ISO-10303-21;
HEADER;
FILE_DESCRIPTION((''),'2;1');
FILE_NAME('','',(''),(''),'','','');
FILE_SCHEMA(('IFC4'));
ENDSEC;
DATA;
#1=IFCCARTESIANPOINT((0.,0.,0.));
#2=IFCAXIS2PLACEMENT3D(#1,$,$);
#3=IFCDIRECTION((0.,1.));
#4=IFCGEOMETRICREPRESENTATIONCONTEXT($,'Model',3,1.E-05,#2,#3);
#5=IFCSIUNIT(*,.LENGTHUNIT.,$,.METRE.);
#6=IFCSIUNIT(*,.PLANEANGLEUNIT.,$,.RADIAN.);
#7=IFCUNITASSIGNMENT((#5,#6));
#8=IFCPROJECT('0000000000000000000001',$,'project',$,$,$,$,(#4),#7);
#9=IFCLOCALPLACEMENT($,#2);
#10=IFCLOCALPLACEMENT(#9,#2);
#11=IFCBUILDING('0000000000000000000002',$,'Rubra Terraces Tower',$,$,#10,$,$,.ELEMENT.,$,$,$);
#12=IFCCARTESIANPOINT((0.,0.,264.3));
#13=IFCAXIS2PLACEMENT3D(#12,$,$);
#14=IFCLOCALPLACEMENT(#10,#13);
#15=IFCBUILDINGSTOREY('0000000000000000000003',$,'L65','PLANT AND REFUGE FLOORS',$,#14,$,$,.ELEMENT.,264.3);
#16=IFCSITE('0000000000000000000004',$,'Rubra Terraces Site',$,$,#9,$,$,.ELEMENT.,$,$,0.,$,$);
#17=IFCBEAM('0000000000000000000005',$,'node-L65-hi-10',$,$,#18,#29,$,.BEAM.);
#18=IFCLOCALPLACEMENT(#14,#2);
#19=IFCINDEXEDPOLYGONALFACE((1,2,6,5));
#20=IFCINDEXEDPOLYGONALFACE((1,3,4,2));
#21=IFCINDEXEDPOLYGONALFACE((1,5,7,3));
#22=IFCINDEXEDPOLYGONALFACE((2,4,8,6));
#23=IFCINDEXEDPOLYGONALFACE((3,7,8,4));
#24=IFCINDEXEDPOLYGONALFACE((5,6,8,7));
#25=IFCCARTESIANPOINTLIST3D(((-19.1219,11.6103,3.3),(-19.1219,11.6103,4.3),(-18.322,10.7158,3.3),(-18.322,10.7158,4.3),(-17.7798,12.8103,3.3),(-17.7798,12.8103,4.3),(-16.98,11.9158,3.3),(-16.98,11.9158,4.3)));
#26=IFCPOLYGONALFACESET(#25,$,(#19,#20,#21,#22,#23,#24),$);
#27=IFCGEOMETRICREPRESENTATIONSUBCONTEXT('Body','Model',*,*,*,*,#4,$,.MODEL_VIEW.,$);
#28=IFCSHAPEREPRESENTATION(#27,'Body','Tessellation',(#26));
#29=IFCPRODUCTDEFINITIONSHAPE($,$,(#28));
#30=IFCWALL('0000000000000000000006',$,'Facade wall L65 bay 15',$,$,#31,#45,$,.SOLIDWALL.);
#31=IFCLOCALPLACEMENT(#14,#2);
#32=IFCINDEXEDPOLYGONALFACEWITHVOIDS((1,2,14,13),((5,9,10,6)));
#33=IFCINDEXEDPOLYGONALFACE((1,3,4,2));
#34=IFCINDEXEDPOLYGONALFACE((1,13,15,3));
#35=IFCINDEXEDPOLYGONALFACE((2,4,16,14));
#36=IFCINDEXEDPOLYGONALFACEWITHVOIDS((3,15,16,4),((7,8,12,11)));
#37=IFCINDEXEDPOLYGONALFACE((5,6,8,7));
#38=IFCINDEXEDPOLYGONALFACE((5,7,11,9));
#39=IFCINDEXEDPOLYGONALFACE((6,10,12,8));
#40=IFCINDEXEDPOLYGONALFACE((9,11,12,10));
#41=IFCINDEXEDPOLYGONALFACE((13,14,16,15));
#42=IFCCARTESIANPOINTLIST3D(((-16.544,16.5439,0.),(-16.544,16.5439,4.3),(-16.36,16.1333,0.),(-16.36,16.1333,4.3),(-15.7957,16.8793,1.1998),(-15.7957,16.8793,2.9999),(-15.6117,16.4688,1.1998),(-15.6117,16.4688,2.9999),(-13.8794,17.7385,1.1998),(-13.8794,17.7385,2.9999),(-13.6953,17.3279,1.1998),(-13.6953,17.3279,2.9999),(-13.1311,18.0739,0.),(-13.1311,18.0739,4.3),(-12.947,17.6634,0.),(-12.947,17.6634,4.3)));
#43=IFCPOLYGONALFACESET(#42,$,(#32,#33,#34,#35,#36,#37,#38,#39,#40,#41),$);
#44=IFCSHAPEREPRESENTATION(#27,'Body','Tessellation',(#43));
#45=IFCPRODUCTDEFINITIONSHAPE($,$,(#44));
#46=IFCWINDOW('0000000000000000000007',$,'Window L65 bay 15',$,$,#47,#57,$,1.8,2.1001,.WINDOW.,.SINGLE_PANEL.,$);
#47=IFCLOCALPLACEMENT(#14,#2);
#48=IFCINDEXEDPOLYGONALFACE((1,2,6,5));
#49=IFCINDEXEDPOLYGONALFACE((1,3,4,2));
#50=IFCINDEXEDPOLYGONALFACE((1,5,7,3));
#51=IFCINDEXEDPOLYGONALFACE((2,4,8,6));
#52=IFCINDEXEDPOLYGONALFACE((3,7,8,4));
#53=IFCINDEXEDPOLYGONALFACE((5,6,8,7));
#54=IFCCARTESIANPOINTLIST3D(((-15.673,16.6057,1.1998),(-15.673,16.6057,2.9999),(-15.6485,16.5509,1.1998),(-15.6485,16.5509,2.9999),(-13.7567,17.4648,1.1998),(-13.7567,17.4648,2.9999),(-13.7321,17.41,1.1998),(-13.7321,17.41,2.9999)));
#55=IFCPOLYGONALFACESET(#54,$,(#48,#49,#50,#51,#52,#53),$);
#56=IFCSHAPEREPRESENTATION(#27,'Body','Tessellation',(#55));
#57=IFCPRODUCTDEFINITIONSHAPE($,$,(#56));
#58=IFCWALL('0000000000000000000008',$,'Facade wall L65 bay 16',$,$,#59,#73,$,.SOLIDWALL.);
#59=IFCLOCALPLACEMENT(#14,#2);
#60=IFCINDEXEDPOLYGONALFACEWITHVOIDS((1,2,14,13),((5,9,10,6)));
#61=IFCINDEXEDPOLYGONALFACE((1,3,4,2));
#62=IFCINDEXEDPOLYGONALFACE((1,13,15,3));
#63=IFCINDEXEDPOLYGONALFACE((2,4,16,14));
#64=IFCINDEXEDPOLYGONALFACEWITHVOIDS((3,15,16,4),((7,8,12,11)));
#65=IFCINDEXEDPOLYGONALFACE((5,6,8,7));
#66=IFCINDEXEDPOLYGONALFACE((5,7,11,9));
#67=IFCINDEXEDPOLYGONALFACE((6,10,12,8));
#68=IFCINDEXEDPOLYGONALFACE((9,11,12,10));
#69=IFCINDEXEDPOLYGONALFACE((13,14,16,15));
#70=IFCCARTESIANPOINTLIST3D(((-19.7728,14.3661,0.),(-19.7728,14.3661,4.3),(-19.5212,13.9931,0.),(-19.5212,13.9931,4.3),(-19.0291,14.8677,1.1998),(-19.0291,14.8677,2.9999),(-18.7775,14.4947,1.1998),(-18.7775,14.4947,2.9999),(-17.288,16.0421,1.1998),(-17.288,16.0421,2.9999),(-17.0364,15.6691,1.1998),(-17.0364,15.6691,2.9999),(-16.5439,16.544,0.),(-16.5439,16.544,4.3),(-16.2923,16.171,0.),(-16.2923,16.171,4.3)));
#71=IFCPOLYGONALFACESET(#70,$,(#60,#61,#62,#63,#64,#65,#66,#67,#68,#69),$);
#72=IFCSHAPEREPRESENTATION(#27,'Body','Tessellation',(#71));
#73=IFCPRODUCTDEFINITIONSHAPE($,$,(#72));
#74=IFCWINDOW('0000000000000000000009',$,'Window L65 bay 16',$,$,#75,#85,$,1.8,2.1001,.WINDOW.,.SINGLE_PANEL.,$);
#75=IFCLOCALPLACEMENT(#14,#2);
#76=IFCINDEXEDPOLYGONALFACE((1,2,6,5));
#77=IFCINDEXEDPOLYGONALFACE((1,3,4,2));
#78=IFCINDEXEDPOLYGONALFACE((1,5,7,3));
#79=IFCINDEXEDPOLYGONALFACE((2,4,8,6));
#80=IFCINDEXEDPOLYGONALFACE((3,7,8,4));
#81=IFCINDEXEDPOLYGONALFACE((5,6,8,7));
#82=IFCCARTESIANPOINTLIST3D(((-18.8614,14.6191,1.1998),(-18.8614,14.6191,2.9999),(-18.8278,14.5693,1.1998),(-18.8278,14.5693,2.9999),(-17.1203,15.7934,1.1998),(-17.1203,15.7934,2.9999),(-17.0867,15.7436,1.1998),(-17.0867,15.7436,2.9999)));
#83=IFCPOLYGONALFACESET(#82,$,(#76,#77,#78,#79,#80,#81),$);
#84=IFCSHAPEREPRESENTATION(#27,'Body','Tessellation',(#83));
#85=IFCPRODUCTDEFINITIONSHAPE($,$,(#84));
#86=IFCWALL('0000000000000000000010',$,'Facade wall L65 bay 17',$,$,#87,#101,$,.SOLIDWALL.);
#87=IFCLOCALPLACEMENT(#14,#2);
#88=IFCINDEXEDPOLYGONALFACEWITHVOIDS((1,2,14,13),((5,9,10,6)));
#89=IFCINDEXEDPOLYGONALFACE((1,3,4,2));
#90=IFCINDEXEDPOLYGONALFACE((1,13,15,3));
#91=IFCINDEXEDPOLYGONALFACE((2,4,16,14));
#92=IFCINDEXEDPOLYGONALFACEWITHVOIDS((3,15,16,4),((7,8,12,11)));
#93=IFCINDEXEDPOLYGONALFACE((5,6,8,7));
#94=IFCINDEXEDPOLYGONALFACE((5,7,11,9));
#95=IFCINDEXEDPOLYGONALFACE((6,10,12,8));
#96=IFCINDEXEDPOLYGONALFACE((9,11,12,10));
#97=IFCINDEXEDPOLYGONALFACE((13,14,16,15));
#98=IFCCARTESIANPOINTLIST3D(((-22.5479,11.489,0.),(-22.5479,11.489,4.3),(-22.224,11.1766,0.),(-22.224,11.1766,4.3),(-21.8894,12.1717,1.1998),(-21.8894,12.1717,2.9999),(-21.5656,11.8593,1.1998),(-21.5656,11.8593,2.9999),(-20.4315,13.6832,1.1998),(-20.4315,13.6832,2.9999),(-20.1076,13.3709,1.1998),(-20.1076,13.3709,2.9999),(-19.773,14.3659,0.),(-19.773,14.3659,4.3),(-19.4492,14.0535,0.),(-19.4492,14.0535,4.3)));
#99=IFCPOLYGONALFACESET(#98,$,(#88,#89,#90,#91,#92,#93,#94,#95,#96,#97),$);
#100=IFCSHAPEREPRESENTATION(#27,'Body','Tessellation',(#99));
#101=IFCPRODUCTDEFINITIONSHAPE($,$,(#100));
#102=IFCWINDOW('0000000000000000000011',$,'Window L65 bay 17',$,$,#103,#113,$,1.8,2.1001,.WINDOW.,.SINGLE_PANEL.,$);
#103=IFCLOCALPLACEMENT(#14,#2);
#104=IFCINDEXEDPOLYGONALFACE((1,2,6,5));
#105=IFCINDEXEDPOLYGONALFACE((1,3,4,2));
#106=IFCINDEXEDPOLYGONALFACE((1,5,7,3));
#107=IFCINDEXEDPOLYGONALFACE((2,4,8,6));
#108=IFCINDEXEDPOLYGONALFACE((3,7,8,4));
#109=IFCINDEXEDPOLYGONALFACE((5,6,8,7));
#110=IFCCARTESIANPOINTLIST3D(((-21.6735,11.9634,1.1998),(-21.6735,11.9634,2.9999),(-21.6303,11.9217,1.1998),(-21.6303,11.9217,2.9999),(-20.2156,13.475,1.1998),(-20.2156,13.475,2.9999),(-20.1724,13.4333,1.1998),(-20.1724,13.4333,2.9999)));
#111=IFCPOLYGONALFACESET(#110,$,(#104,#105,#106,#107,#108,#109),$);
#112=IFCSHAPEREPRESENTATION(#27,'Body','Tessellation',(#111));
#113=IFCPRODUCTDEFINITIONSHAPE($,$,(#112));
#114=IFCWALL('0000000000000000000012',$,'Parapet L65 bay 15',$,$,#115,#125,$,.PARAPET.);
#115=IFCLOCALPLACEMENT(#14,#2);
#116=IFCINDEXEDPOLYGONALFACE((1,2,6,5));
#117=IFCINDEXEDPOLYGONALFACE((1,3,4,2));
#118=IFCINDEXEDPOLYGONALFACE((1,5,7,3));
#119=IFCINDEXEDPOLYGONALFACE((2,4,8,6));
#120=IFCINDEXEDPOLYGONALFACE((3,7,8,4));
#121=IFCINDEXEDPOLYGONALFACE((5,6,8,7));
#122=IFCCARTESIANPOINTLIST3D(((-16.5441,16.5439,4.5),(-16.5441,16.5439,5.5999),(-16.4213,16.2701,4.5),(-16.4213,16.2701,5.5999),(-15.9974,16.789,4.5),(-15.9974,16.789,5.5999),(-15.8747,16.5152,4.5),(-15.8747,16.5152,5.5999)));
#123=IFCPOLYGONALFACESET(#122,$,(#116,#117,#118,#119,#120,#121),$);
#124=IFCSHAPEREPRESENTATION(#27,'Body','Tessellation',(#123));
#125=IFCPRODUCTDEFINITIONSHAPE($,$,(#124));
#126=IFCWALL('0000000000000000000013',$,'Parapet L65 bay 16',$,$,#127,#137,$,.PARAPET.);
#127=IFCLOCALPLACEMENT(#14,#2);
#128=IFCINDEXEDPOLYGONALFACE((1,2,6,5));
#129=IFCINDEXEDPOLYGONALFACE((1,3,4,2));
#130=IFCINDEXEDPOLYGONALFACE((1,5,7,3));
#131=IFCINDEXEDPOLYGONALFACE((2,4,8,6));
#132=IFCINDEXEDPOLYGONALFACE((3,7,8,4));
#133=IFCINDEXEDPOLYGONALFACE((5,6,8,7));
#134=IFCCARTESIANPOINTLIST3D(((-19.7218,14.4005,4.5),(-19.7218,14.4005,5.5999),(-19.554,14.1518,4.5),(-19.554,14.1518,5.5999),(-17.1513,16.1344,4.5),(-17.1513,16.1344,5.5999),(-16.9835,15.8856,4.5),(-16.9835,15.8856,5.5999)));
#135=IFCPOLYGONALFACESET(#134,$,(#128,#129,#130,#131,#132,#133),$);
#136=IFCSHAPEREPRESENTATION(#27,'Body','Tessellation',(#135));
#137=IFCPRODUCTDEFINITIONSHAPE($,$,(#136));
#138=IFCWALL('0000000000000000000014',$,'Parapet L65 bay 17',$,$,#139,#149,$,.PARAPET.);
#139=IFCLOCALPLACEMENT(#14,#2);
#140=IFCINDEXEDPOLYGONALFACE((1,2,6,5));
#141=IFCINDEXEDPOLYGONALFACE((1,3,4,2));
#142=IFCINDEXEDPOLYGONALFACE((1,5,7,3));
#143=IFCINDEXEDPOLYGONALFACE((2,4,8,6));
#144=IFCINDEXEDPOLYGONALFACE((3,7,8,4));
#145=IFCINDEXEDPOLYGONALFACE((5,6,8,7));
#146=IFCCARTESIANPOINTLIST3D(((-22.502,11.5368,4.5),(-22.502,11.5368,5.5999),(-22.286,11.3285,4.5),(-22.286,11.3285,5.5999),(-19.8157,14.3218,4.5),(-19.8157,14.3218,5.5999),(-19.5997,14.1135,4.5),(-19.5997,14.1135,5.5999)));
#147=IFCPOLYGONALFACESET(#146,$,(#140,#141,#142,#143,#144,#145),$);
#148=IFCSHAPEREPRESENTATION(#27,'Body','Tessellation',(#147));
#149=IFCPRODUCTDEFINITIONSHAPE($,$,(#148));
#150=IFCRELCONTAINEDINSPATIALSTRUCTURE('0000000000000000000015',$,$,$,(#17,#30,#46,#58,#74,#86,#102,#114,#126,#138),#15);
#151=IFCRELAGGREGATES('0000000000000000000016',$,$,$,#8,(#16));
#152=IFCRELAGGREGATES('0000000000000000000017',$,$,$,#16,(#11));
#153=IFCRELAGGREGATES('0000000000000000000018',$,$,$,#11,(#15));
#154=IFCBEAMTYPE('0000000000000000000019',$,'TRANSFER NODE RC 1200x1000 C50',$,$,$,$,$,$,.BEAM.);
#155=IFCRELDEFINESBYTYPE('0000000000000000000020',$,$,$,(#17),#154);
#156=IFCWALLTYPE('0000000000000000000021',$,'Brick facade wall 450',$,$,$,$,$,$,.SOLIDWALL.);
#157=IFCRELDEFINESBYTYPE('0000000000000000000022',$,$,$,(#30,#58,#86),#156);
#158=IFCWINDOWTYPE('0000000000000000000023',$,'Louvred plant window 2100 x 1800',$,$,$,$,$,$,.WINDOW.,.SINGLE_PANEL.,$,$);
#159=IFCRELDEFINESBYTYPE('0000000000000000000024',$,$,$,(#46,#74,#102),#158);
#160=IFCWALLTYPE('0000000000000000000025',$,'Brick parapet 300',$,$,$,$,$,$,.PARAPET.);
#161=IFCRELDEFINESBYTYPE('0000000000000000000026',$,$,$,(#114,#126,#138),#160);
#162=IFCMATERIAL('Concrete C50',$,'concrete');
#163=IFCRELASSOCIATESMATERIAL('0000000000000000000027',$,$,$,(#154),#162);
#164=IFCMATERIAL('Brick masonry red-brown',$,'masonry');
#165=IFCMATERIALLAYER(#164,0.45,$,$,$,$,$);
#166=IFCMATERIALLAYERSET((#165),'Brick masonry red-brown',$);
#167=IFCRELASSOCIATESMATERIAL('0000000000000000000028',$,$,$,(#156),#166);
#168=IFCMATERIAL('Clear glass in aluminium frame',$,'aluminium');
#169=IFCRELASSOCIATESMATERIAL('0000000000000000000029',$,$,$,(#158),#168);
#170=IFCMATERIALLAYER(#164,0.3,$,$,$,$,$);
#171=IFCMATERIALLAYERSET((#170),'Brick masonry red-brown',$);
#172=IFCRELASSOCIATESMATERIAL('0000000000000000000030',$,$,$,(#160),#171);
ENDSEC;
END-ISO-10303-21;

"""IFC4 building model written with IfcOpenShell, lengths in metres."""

from ifc_helpers import new_model, si_unit, direction, frame, frame_2d, origin, origin_2d, place, context, subcontext, project, spatial, rectangle, extrude, material, layer, layer_set, material_profile, profile_set, type_object, element, fill, save


model = new_model("IFC4")

# Units and contexts
model_context = context("Model", 3, precision=1e-05, world=origin(), true_north=direction((0.0, 1.0)))
body_context = subcontext(model_context, "Body", "Model", "MODEL_VIEW")
ifc_project = project(units=[si_unit("LENGTHUNIT", "METRE"), si_unit("PLANEANGLEUNIT", "RADIAN")], contexts=[model_context])

# Site, building, storey
site_placement = place(None, origin())
site = spatial("IfcSite", under=ifc_project, at=site_placement, Name="Rubra Terraces Site", CompositionType="ELEMENT", RefElevation=0.0)
building_placement = place(site_placement, origin())
building = spatial("IfcBuilding", under=site, at=building_placement, Name="Rubra Terraces Tower", CompositionType="ELEMENT")
storey_placement = place(building_placement, frame((0.0, 0.0, 264.3)))
storey = spatial("IfcBuildingStorey", under=building, at=storey_placement, Name="L65", Description="PLANT AND REFUGE FLOORS", CompositionType="ELEMENT", Elevation=264.3)

# Shared definitions
ifc_material_1 = material(Name="Concrete C50", Category="concrete")

# Beam
ifc_material_profile_1 = material_profile(ifc_material_1, rectangle(XDim=1.2, YDim=1.0, at=origin_2d()), Name="RC 1200x1000")
ifc_profile_set_1 = profile_set([ifc_material_profile_1], Name="Concrete C50")
beam_type_1 = type_object("IfcBeamType", Name="TRANSFER NODE RC 1200x1000 C50", PredefinedType="BEAM", material=ifc_profile_set_1)
beam_1_placement = place(storey_placement, frame((-17.3799, 12.363, 3.8), z_axis=(-0.745468, -0.666541, 0.0), x_axis=(0.666541, -0.745468, 0.0)))
element("IfcBeam", 1, at=beam_1_placement, inside=storey, type_object=beam_type_1, Name="node-L65-hi-10", PredefinedType="BEAM", context=body_context, shape_type="SweptSolid", body=[
    extrude(rectangle(XDim=1.2, YDim=1.0, at=origin_2d()), origin(), (0.0, 0.0, 1.0), 1.8003),
])

# Walls, openings, windows
ifc_material_2 = material(Name="Brick masonry red-brown", Category="masonry")
ifc_layer_1 = layer(ifc_material_2, 0.45)
ifc_layer_set_1 = layer_set([ifc_layer_1], Name="Brick masonry red-brown")
wall_type_1 = type_object("IfcWallType", Name="Brick facade wall 450", PredefinedType="SOLIDWALL", material=ifc_layer_set_1)
wall_1_placement = place(storey_placement, frame((-13.0391, 17.8687, 0.0), z_axis=(0.0, 0.0, 1.0), x_axis=(-0.912496, -0.409086, 0.0)))
wall_1 = element("IfcWall", 2, at=wall_1_placement, inside=storey, type_object=wall_type_1, Name="Facade wall L65 bay 15", PredefinedType="SOLIDWALL", context=body_context, shape_type="SweptSolid", body=[
    extrude(rectangle(XDim=3.7402, YDim=0.45, at=frame_2d((1.8701, 0.0))), origin(), (0.0, 0.0, 1.0), 4.3),
])
opening_1_placement = place(wall_1_placement, frame((0.8201, 0.0, 1.2)))
opening_1 = element("IfcOpeningElement", 3, at=opening_1_placement, cuts=wall_1, PredefinedType="OPENING", context=body_context, shape_type="SweptSolid", body=[
    extrude(rectangle(XDim=2.1001, YDim=1.8, at=frame_2d((1.05, 0.8999))), frame((0.0, 0.2349, 0.0), z_axis=(0.0, -1.0, 0.0), x_axis=(1.0, 0.0, 0.0)), (0.0, 0.0, 1.0), 0.47),
])
ifc_material_3 = material(Name="Clear glass in aluminium frame", Category="aluminium")
window_type = type_object("IfcWindowType", Name="Louvred plant window 2100 x 1800", PartitioningType="SINGLE_PANEL", PredefinedType="WINDOW", material=ifc_material_3)
window_1_placement = place(opening_1_placement, origin())
window_1 = element("IfcWindow", 4, at=window_1_placement, inside=storey, type_object=window_type, Name="Window L65 bay 15", OverallHeight=1.8, OverallWidth=2.1001, PartitioningType="SINGLE_PANEL", PredefinedType="WINDOW", context=body_context, shape_type="SweptSolid", body=[
    extrude(rectangle(XDim=2.1001, YDim=1.8, at=frame_2d((1.05, 0.8999))), frame((0.0, 0.135, 0.0), z_axis=(0.0, -1.0, 0.0), x_axis=(1.0, 0.0, 0.0)), (0.0, 0.0, 1.0), 0.0601),
])
fill(opening_1, window_1)
wall_2_placement = place(storey_placement, frame((-16.4182, 16.3574, 0.0), z_axis=(0.0, 0.0, 1.0), x_axis=(-0.829039, -0.559191, 0.0)))
wall_2 = element("IfcWall", 5, at=wall_2_placement, inside=storey, type_object=wall_type_1, Name="Facade wall L65 bay 16", PredefinedType="SOLIDWALL", context=body_context, shape_type="SweptSolid", body=[
    extrude(rectangle(XDim=3.8948, YDim=0.45, at=frame_2d((1.9473, 0.0))), origin(), (0.0, 0.0, 1.0), 4.3),
])
opening_2_placement = place(wall_2_placement, frame((0.8975, 0.0, 1.2)))
opening_2 = element("IfcOpeningElement", 6, at=opening_2_placement, cuts=wall_2, PredefinedType="OPENING", context=body_context, shape_type="SweptSolid", body=[
    extrude(rectangle(XDim=2.1001, YDim=1.8, at=frame_2d((1.05, 0.8999))), frame((0.0, 0.2349, 0.0), z_axis=(0.0, -1.0, 0.0), x_axis=(1.0, 0.0, 0.0)), (0.0, 0.0, 1.0), 0.47),
])
window_2_placement = place(opening_2_placement, origin())
window_2 = element("IfcWindow", 7, at=window_2_placement, inside=storey, type_object=window_type, Name="Window L65 bay 16", OverallHeight=1.8, OverallWidth=2.1001, PartitioningType="SINGLE_PANEL", PredefinedType="WINDOW", context=body_context, shape_type="SweptSolid", body=[
    extrude(rectangle(XDim=2.1001, YDim=1.8, at=frame_2d((1.05, 0.8999))), frame((0.0, 0.135, 0.0), z_axis=(0.0, -1.0, 0.0), x_axis=(1.0, 0.0, 0.0)), (0.0, 0.0, 1.0), 0.0601),
])
fill(opening_2, window_2)
wall_3_placement = place(storey_placement, frame((-19.6111, 14.2097, 0.0), z_axis=(0.0, 0.0, 1.0), x_axis=(-0.694226, -0.719757, 0.0)))
wall_3 = element("IfcWall", 8, at=wall_3_placement, inside=storey, type_object=wall_type_1, Name="Facade wall L65 bay 17", PredefinedType="SOLIDWALL", context=body_context, shape_type="SweptSolid", body=[
    extrude(rectangle(XDim=3.9971, YDim=0.45, at=frame_2d((1.9985, 0.0))), origin(), (0.0, 0.0, 1.0), 4.3),
])
opening_3_placement = place(wall_3_placement, frame((0.9485, 0.0, 1.2)))
opening_3 = element("IfcOpeningElement", 9, at=opening_3_placement, cuts=wall_3, PredefinedType="OPENING", context=body_context, shape_type="SweptSolid", body=[
    extrude(rectangle(XDim=2.1001, YDim=1.8, at=frame_2d((1.05, 0.8999))), frame((0.0, 0.2349, 0.0), z_axis=(0.0, -1.0, 0.0), x_axis=(1.0, 0.0, 0.0)), (0.0, 0.0, 1.0), 0.47),
])
window_3_placement = place(opening_3_placement, origin())
window_3 = element("IfcWindow", 10, at=window_3_placement, inside=storey, type_object=window_type, Name="Window L65 bay 17", OverallHeight=1.8, OverallWidth=2.1001, PartitioningType="SINGLE_PANEL", PredefinedType="WINDOW", context=body_context, shape_type="SweptSolid", body=[
    extrude(rectangle(XDim=2.1001, YDim=1.8, at=frame_2d((1.05, 0.8999))), frame((0.0, 0.135, 0.0), z_axis=(0.0, -1.0, 0.0), x_axis=(1.0, 0.0, 0.0)), (0.0, 0.0, 1.0), 0.0601),
])
fill(opening_3, window_3)

# Walls
ifc_layer_2 = layer(ifc_material_2, 0.3)
ifc_layer_set_2 = layer_set([ifc_layer_2], Name="Brick masonry red-brown")
wall_type_2 = type_object("IfcWallType", Name="Brick parapet 300", PredefinedType="PARAPET", material=ifc_layer_set_2)
wall_4_placement = place(storey_placement, frame((-15.936, 16.6521, 4.5), z_axis=(0.0, 0.0, 1.0), x_axis=(-0.912462, -0.409161, 0.0)))
element("IfcWall", 11, at=wall_4_placement, inside=storey, type_object=wall_type_2, Name="Parapet L65 bay 15", PredefinedType="PARAPET", context=body_context, shape_type="SweptSolid", body=[
    extrude(rectangle(XDim=0.5991, YDim=0.3, at=frame_2d((0.2996, 0.0))), origin(), (0.0, 0.0, 1.0), 1.0999),
])
wall_5_placement = place(storey_placement, frame((-17.0674, 16.01, 4.5), z_axis=(0.0, 0.0, 1.0), x_axis=(-0.829034, -0.559198, 0.0)))
element("IfcWall", 12, at=wall_5_placement, inside=storey, type_object=wall_type_2, Name="Parapet L65 bay 16", PredefinedType="PARAPET", context=body_context, shape_type="SweptSolid", body=[
    extrude(rectangle(XDim=3.1006, YDim=0.3, at=frame_2d((1.5503, 0.0))), origin(), (0.0, 0.0, 1.0), 1.0999),
])
wall_6_placement = place(storey_placement, frame((-19.7078, 14.2175, 4.5), z_axis=(0.0, 0.0, 1.0), x_axis=(-0.694246, -0.719737, 0.0)))
element("IfcWall", 13, at=wall_6_placement, inside=storey, type_object=wall_type_2, Name="Parapet L65 bay 17", PredefinedType="PARAPET", context=body_context, shape_type="SweptSolid", body=[
    extrude(rectangle(XDim=3.8694, YDim=0.3, at=frame_2d((1.9346, 0.0))), origin(), (0.0, 0.0, 1.0), 1.0999),
])

save(model, "model.ifc")
